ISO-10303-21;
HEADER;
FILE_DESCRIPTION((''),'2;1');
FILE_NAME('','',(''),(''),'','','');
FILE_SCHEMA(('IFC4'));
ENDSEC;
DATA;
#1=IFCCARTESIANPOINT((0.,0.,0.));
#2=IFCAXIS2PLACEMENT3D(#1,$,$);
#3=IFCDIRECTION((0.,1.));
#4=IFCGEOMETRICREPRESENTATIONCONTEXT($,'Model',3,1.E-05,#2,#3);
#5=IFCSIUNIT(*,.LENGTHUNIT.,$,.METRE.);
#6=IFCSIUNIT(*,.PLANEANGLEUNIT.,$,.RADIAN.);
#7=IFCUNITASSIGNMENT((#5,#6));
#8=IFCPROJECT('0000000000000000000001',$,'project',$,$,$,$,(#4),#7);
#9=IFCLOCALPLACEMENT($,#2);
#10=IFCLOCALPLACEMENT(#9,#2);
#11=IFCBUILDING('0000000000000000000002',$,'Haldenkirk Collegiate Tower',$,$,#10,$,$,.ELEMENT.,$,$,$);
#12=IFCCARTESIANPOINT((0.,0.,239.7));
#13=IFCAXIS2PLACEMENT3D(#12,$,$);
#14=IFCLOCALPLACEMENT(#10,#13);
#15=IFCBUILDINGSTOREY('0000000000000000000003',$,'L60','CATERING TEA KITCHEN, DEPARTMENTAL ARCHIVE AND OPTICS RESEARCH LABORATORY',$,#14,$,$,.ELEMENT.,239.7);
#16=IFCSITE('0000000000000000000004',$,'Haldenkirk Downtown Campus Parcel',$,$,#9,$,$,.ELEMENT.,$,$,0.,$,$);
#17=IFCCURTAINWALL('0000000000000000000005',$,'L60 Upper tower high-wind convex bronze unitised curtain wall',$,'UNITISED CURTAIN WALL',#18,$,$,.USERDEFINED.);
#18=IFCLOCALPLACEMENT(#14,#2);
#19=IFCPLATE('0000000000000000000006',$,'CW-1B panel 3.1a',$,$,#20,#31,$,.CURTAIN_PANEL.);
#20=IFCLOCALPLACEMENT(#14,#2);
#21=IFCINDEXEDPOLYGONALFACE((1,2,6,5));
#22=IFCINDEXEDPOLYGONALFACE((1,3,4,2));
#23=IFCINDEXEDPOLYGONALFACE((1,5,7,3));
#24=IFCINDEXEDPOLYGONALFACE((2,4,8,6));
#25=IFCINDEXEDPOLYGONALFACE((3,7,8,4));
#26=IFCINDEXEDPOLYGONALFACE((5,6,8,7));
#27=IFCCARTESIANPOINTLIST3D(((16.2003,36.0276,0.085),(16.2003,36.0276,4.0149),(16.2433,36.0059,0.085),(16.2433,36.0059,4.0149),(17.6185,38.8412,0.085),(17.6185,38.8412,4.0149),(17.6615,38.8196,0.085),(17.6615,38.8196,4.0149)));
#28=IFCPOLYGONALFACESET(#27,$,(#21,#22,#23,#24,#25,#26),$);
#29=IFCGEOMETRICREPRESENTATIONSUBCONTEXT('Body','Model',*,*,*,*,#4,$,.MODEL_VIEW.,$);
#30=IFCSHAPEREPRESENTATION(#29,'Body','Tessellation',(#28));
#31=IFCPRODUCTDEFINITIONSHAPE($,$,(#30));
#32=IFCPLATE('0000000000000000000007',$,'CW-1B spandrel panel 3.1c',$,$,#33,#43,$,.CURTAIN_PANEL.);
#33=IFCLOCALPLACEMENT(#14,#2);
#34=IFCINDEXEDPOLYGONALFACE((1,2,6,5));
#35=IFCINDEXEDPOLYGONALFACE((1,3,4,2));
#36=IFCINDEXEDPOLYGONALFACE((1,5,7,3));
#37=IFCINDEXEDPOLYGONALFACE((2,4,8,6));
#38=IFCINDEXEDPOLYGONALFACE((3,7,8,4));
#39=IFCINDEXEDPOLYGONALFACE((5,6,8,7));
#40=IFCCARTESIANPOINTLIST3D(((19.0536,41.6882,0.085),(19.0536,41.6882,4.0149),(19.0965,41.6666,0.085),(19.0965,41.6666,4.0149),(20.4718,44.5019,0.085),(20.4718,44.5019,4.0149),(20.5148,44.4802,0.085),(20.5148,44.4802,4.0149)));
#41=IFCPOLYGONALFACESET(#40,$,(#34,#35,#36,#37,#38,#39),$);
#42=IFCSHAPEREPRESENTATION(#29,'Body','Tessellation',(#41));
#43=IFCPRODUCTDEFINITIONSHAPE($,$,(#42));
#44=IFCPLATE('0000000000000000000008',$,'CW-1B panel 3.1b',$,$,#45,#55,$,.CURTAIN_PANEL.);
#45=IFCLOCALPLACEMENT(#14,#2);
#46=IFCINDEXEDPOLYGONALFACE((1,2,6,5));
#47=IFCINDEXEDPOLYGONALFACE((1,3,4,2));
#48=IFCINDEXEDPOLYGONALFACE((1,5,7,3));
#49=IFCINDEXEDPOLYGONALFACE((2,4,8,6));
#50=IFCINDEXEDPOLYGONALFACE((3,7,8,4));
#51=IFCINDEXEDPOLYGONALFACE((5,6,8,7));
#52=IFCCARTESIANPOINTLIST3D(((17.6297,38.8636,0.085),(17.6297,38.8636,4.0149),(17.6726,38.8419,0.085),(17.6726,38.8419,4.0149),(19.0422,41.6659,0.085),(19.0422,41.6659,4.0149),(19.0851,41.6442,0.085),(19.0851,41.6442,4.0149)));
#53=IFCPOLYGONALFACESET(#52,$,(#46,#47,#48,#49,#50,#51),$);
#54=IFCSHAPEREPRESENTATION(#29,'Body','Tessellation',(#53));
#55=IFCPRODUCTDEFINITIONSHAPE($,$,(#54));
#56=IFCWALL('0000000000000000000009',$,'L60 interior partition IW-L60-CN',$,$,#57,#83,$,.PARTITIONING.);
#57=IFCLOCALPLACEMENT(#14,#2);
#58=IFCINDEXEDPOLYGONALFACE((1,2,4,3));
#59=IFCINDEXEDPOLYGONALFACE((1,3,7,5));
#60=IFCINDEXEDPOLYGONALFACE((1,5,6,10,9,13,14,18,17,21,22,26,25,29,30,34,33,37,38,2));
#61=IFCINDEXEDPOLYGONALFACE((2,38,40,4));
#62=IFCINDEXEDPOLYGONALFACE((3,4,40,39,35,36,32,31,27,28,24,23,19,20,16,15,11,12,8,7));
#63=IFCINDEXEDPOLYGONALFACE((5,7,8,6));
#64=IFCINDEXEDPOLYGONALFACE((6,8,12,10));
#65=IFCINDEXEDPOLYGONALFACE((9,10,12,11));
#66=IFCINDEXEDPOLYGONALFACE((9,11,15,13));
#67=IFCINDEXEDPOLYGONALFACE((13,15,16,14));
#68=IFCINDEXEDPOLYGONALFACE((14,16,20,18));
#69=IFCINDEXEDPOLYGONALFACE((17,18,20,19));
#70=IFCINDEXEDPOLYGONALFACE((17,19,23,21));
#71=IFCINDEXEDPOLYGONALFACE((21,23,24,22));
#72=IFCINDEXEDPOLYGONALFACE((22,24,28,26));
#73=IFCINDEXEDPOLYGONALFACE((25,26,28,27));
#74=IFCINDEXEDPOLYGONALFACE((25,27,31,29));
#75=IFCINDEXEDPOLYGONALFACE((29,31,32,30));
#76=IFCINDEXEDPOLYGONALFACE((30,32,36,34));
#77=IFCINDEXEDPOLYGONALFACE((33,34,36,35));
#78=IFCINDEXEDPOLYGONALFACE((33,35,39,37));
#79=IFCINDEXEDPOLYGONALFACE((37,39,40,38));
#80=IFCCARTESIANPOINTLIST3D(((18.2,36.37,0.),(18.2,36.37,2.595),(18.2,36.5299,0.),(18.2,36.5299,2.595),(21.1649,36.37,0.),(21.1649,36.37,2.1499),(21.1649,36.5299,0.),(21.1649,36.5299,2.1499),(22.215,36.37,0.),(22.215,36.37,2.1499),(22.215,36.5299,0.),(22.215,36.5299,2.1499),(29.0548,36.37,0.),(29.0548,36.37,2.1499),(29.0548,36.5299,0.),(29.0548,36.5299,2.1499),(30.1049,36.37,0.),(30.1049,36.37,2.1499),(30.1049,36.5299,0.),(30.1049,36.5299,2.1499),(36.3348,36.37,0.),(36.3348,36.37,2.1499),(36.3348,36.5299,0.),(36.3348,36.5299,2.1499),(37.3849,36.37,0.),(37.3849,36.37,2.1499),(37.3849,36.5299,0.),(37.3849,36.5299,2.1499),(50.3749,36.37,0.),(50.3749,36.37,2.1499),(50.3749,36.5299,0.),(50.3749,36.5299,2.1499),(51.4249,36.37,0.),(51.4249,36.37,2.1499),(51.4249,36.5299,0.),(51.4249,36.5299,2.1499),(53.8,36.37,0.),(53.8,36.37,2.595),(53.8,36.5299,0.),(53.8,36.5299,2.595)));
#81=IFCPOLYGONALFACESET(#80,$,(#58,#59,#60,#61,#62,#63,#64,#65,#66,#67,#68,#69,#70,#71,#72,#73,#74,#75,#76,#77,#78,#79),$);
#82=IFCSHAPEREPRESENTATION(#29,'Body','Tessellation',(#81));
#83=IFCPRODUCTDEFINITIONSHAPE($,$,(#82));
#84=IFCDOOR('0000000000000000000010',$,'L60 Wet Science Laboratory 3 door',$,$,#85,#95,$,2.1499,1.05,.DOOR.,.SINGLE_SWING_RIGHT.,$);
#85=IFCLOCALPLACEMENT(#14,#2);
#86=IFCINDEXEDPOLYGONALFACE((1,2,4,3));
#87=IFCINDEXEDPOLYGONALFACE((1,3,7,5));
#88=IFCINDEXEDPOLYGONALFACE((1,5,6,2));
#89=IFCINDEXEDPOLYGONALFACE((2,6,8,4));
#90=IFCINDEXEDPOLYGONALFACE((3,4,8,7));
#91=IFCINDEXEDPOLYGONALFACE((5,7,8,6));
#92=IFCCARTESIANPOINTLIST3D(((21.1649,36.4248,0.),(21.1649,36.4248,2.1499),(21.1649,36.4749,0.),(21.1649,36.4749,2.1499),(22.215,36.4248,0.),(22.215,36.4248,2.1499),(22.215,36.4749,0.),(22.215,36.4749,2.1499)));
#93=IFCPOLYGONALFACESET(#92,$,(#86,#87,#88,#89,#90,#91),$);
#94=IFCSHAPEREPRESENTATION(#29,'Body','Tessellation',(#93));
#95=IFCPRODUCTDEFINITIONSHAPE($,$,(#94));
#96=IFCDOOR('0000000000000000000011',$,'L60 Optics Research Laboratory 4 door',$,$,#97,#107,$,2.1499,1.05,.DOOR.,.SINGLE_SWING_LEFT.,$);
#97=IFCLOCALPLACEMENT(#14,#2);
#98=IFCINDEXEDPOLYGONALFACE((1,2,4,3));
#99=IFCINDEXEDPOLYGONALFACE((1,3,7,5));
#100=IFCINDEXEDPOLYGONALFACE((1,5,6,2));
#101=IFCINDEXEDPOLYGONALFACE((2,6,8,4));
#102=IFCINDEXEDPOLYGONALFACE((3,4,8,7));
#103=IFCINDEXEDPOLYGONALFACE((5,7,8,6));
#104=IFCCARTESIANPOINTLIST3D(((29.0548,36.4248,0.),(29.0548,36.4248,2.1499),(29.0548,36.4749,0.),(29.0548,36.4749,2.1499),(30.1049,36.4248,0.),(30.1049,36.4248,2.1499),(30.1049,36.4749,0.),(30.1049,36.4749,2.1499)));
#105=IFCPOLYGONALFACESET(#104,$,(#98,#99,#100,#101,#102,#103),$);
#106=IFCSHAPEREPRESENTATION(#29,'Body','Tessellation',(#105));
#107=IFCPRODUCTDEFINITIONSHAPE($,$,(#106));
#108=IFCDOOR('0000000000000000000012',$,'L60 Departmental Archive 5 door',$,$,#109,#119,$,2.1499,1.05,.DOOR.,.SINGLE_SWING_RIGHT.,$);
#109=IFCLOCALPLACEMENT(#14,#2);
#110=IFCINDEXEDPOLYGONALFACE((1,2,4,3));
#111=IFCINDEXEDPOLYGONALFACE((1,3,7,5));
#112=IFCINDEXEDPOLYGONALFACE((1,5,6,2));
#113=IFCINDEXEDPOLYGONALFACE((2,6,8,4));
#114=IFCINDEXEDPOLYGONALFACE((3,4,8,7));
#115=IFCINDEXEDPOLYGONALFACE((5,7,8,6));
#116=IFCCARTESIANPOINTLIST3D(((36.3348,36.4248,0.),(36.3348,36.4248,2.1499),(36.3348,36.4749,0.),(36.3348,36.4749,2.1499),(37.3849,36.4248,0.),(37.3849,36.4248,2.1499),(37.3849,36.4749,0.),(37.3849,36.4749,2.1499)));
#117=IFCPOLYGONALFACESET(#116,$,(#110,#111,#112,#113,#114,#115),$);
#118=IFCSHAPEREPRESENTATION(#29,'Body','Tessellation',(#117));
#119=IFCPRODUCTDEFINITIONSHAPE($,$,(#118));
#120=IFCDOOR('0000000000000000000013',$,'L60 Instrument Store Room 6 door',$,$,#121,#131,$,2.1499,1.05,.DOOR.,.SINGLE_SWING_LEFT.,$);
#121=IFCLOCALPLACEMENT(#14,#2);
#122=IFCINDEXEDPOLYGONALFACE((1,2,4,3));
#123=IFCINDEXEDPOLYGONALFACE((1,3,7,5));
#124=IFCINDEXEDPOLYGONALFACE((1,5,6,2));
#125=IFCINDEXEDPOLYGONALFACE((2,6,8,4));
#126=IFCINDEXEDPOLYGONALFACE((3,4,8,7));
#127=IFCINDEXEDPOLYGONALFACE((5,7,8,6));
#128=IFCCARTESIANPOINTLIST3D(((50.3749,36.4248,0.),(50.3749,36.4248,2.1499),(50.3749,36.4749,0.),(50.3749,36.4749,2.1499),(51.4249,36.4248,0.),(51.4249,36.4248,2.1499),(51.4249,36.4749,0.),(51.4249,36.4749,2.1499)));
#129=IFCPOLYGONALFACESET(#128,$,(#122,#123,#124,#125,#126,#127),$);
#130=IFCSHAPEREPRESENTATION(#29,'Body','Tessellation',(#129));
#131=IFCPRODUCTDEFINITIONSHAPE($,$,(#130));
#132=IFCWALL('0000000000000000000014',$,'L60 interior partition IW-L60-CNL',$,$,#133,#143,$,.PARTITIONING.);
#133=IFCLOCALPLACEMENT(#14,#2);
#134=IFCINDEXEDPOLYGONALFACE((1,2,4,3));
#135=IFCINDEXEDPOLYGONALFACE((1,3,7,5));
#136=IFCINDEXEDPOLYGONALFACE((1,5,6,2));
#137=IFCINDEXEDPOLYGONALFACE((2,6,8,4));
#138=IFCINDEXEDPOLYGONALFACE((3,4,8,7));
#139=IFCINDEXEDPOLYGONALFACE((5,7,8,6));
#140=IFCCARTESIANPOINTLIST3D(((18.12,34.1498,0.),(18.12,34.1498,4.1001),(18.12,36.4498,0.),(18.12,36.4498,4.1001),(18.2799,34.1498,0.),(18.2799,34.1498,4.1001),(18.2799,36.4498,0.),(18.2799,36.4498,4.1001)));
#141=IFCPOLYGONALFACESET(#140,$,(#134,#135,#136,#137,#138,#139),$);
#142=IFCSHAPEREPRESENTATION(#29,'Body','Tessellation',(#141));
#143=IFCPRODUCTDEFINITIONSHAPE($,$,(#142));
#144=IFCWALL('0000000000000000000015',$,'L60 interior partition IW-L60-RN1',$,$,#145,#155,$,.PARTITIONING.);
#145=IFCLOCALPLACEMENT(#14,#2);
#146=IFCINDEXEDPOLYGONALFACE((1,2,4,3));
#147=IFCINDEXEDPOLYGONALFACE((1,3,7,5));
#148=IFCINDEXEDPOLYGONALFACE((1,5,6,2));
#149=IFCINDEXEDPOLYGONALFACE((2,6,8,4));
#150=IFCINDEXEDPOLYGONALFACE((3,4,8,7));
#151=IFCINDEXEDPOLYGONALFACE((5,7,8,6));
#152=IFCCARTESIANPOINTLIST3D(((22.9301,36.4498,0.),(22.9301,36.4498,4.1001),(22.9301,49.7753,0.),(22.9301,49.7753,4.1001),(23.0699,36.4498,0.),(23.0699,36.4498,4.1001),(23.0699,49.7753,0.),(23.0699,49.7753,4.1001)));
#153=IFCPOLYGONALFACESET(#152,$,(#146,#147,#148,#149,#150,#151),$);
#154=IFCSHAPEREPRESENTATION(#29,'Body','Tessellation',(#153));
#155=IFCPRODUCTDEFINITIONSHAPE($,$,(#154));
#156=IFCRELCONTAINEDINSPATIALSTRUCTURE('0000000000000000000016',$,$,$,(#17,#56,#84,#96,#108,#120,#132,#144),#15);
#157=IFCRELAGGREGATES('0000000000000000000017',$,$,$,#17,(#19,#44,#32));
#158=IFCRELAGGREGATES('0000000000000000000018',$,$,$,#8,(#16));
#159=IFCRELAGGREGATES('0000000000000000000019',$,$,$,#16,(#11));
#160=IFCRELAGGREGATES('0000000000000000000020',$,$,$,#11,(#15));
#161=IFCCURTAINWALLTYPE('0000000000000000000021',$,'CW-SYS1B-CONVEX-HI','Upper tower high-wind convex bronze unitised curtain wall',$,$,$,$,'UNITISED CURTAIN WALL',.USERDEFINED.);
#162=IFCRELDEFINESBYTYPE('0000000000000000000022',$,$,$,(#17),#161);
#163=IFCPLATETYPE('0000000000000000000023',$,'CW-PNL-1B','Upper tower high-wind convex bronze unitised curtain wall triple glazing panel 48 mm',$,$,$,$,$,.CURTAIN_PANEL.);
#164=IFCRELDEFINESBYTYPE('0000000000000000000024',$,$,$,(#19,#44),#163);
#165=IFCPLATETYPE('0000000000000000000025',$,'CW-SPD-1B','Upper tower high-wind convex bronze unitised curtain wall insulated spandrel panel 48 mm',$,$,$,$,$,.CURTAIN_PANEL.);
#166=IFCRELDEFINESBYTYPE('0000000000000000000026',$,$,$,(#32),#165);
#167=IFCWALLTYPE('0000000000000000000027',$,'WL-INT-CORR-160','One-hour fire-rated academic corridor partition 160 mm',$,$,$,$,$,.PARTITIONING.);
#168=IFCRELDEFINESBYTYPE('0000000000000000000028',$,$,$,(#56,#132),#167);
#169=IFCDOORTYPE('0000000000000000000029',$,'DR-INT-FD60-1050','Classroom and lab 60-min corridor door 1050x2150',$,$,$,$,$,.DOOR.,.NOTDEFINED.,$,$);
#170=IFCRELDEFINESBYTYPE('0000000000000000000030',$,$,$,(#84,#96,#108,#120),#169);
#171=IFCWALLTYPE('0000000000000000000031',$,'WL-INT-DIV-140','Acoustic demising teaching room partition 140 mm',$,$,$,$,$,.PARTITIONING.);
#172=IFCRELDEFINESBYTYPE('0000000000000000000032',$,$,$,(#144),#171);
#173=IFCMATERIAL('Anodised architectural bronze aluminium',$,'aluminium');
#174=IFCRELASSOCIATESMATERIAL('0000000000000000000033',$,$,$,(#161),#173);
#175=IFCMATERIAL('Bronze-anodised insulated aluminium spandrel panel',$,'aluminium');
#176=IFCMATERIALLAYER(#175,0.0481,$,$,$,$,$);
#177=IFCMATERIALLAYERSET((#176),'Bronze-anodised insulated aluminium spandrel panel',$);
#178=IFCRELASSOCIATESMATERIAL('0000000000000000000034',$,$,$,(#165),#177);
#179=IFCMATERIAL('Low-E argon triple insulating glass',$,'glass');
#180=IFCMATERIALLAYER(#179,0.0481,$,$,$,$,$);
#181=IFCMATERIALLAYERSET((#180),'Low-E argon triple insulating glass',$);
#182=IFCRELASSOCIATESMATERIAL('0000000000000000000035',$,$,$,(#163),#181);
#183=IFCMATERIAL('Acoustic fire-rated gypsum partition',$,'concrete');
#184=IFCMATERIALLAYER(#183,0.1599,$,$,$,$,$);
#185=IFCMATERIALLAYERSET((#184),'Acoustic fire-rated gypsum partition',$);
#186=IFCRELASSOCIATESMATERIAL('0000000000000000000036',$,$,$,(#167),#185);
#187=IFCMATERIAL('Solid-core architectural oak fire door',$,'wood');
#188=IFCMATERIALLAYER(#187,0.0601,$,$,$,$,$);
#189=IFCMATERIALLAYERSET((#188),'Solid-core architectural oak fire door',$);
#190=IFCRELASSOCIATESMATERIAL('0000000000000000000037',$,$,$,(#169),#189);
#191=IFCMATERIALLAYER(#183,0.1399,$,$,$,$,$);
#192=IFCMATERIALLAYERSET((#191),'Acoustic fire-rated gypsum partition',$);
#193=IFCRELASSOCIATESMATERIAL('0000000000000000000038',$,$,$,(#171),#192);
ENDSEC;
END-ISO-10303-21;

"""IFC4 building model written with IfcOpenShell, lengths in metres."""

from ifc_helpers import new_model, si_unit, direction, frame, frame_2d, origin, origin_2d, place, context, subcontext, project, spatial, rectangle, extrude, source, transform, mapped, material, layer, layer_set, type_object, element, fill, aggregate, save


model = new_model("IFC4")

# Units and contexts
model_context = context("Model", 3, precision=1e-05, world=origin(), true_north=direction((0.0, 1.0)))
body_context = subcontext(model_context, "Body", "Model", "MODEL_VIEW")
ifc_project = project(units=[si_unit("LENGTHUNIT", "METRE"), si_unit("PLANEANGLEUNIT", "RADIAN")], contexts=[model_context])

# Site, building, storey
site_placement = place(None, origin())
site = spatial("IfcSite", under=ifc_project, at=site_placement, Name="Haldenkirk Downtown Campus Parcel", CompositionType="ELEMENT", RefElevation=0.0)
building_placement = place(site_placement, origin())
building = spatial("IfcBuilding", under=site, at=building_placement, Name="Haldenkirk Collegiate Tower", CompositionType="ELEMENT")
storey_placement = place(building_placement, frame((0.0, 0.0, 239.7)))
storey = spatial("IfcBuildingStorey", under=building, at=storey_placement, Name="L60", Description="CATERING TEA KITCHEN, DEPARTMENTAL ARCHIVE AND OPTICS RESEARCH LABORATORY", CompositionType="ELEMENT", Elevation=239.7)

# Curtain wall, plates
ifc_material_1 = material(Name="Anodised architectural bronze aluminium", Category="aluminium")
curtain_wall_type = type_object("IfcCurtainWallType", Name="CW-SYS1B-CONVEX-HI", Description="Upper tower high-wind convex bronze unitised curtain wall", ElementType="UNITISED CURTAIN WALL", PredefinedType="USERDEFINED", material=ifc_material_1)
curtain_wall_placement = place(storey_placement, origin())
curtain_wall = element("IfcCurtainWall", 1, at=curtain_wall_placement, inside=storey, type_object=curtain_wall_type, Name="L60 Upper tower high-wind convex bronze unitised curtain wall", ObjectType="UNITISED CURTAIN WALL", PredefinedType="USERDEFINED")
ifc_material_2 = material(Name="Bronze-anodised insulated aluminium spandrel panel", Category="aluminium")
ifc_layer_1 = layer(ifc_material_2, 0.0481)
ifc_layer_set_1 = layer_set([ifc_layer_1], Name="Bronze-anodised insulated aluminium spandrel panel")
plate_type_1 = type_object("IfcPlateType", Name="CW-SPD-1B", Description="Upper tower high-wind convex bronze unitised curtain wall insulated spandrel panel 48 mm", PredefinedType="CURTAIN_PANEL", material=ifc_layer_set_1)
shared_shape_1 = source(origin(), body_context, "Body", "SweptSolid", [
    extrude(rectangle(XDim=3.1509, YDim=0.0481, at=origin_2d()), origin(), (0.0, 0.0, 1.0), 3.9299),
])
ifc_material_3 = material(Name="Low-E argon triple insulating glass", Category="glass")
ifc_layer_2 = layer(ifc_material_3, 0.0481)
ifc_layer_set_2 = layer_set([ifc_layer_2], Name="Low-E argon triple insulating glass")
plate_type_2 = type_object("IfcPlateType", Name="CW-PNL-1B", Description="Upper tower high-wind convex bronze unitised curtain wall triple glazing panel 48 mm", PredefinedType="CURTAIN_PANEL", material=ifc_layer_set_2)
plate_1_placement = place(storey_placement, frame((16.9309, 37.4236, 0.085), z_axis=(0.0, 0.0, 1.0), x_axis=(0.4501, 0.892978, 0.0)))
plate_1 = element("IfcPlate", 2, at=plate_1_placement, type_object=plate_type_2, Name="CW-1B panel 3.1a", PredefinedType="CURTAIN_PANEL", context=body_context, shape_type="MappedRepresentation", body=[
    mapped(shared_shape_1, transform((0.0, 0.0, 0.0), x_axis=(1.0, 0.0, 0.0), y_axis=(0.0, 1.0, 0.0), z_axis=(0.0, 0.0, 1.0), scale=1.0)),
])
plate_2_placement = place(storey_placement, frame((19.7842, 43.0842, 0.085), z_axis=(0.0, 0.0, 1.0), x_axis=(0.4501, 0.892978, 0.0)))
plate_2 = element("IfcPlate", 3, at=plate_2_placement, type_object=plate_type_1, Name="CW-1B spandrel panel 3.1c", PredefinedType="CURTAIN_PANEL", context=body_context, shape_type="MappedRepresentation", body=[
    mapped(shared_shape_1, transform((0.0, 0.0, 0.0), x_axis=(1.0, 0.0, 0.0), y_axis=(0.0, 1.0, 0.0), z_axis=(0.0, 0.0, 1.0), scale=1.0)),
])
shared_shape_2 = source(origin(), body_context, "Body", "SweptSolid", [
    extrude(rectangle(XDim=3.1382, YDim=0.0481, at=origin_2d()), origin(), (0.0, 0.0, 1.0), 3.9299),
])
plate_3_placement = place(storey_placement, frame((18.3574, 40.2539, 0.085), z_axis=(0.0, 0.0, 1.0), x_axis=(0.4501, 0.892978, 0.0)))
plate_3 = element("IfcPlate", 4, at=plate_3_placement, type_object=plate_type_2, Name="CW-1B panel 3.1b", PredefinedType="CURTAIN_PANEL", context=body_context, shape_type="MappedRepresentation", body=[
    mapped(shared_shape_2, transform((0.0, 0.0, 0.0), x_axis=(1.0, 0.0, 0.0), y_axis=(0.0, 1.0, 0.0), z_axis=(0.0, 0.0, 1.0), scale=1.0)),
])
aggregate(curtain_wall, [plate_1, plate_3, plate_2])

# Wall, openings, doors
ifc_material_4 = material(Name="Acoustic fire-rated gypsum partition", Category="concrete")
ifc_layer_3 = layer(ifc_material_4, 0.1599)
ifc_layer_set_3 = layer_set([ifc_layer_3], Name="Acoustic fire-rated gypsum partition")
wall_type_1 = type_object("IfcWallType", Name="WL-INT-CORR-160", Description="One-hour fire-rated academic corridor partition 160 mm", PredefinedType="PARTITIONING", material=ifc_layer_set_3)
wall_1_placement = place(storey_placement, frame((18.2, 36.45, 0.0), z_axis=(0.0, 0.0, 1.0), x_axis=(1.0, 0.0, 0.0)))
wall_1 = element("IfcWall", 5, at=wall_1_placement, inside=storey, type_object=wall_type_1, Name="L60 interior partition IW-L60-CN", PredefinedType="PARTITIONING", context=body_context, shape_type="SweptSolid", body=[
    extrude(rectangle(XDim=35.6001, YDim=0.1599, at=frame_2d((17.8, 0.0))), origin(), (0.0, 0.0, 1.0), 2.595),
])
opening_1_placement = place(wall_1_placement, frame((2.9651, 0.0, 0.0)))
opening_1 = element("IfcOpeningElement", 6, at=opening_1_placement, cuts=wall_1, PredefinedType="OPENING", context=body_context, shape_type="SweptSolid", body=[
    extrude(rectangle(XDim=1.05, YDim=2.1499, at=frame_2d((0.5249, 1.075))), frame((0.0, 0.0898, 0.0), z_axis=(0.0, -1.0, 0.0), x_axis=(1.0, 0.0, 0.0)), (0.0, 0.0, 1.0), 0.1799),
])
opening_2_placement = place(wall_1_placement, frame((10.855, 0.0, 0.0)))
opening_2 = element("IfcOpeningElement", 7, at=opening_2_placement, cuts=wall_1, PredefinedType="OPENING", context=body_context, shape_type="SweptSolid", body=[
    extrude(rectangle(XDim=1.05, YDim=2.1499, at=frame_2d((0.5249, 1.075))), frame((0.0, 0.0898, 0.0), z_axis=(0.0, -1.0, 0.0), x_axis=(1.0, 0.0, 0.0)), (0.0, 0.0, 1.0), 0.1799),
])
opening_3_placement = place(wall_1_placement, frame((18.135, 0.0, 0.0)))
opening_3 = element("IfcOpeningElement", 8, at=opening_3_placement, cuts=wall_1, PredefinedType="OPENING", context=body_context, shape_type="SweptSolid", body=[
    extrude(rectangle(XDim=1.05, YDim=2.1499, at=frame_2d((0.5249, 1.075))), frame((0.0, 0.0898, 0.0), z_axis=(0.0, -1.0, 0.0), x_axis=(1.0, 0.0, 0.0)), (0.0, 0.0, 1.0), 0.1799),
])
opening_4_placement = place(wall_1_placement, frame((32.175, 0.0, 0.0)))
opening_4 = element("IfcOpeningElement", 9, at=opening_4_placement, cuts=wall_1, PredefinedType="OPENING", context=body_context, shape_type="SweptSolid", body=[
    extrude(rectangle(XDim=1.05, YDim=2.1499, at=frame_2d((0.5249, 1.075))), frame((0.0, 0.0898, 0.0), z_axis=(0.0, -1.0, 0.0), x_axis=(1.0, 0.0, 0.0)), (0.0, 0.0, 1.0), 0.1799),
])
ifc_material_5 = material(Name="Solid-core architectural oak fire door", Category="wood")
ifc_layer_4 = layer(ifc_material_5, 0.0601)
ifc_layer_set_4 = layer_set([ifc_layer_4], Name="Solid-core architectural oak fire door")
door_type = type_object("IfcDoorType", Name="DR-INT-FD60-1050", Description="Classroom and lab 60-min corridor door 1050x2150", OperationType="NOTDEFINED", PredefinedType="DOOR", material=ifc_layer_set_4)
door_1_placement = place(opening_1_placement, origin())
door_1 = element("IfcDoor", 10, at=door_1_placement, inside=storey, type_object=door_type, Name="L60 Wet Science Laboratory 3 door", OperationType="SINGLE_SWING_RIGHT", OverallHeight=2.1499, OverallWidth=1.05, PredefinedType="DOOR", context=body_context, shape_type="SweptSolid", body=[
    extrude(rectangle(XDim=1.05, YDim=2.1499, at=frame_2d((0.5249, 1.075))), frame((0.0, 0.0249, 0.0), z_axis=(0.0, -1.0, 0.0), x_axis=(1.0, 0.0, 0.0)), (0.0, 0.0, 1.0), 0.05),
])
fill(opening_1, door_1)
door_2_placement = place(opening_2_placement, origin())
door_2 = element("IfcDoor", 11, at=door_2_placement, inside=storey, type_object=door_type, Name="L60 Optics Research Laboratory 4 door", OperationType="SINGLE_SWING_LEFT", OverallHeight=2.1499, OverallWidth=1.05, PredefinedType="DOOR", context=body_context, shape_type="SweptSolid", body=[
    extrude(rectangle(XDim=1.05, YDim=2.1499, at=frame_2d((0.5249, 1.075))), frame((0.0, 0.0249, 0.0), z_axis=(0.0, -1.0, 0.0), x_axis=(1.0, 0.0, 0.0)), (0.0, 0.0, 1.0), 0.05),
])
fill(opening_2, door_2)
door_3_placement = place(opening_3_placement, origin())
door_3 = element("IfcDoor", 12, at=door_3_placement, inside=storey, type_object=door_type, Name="L60 Departmental Archive 5 door", OperationType="SINGLE_SWING_RIGHT", OverallHeight=2.1499, OverallWidth=1.05, PredefinedType="DOOR", context=body_context, shape_type="SweptSolid", body=[
    extrude(rectangle(XDim=1.05, YDim=2.1499, at=frame_2d((0.5249, 1.075))), frame((0.0, 0.0249, 0.0), z_axis=(0.0, -1.0, 0.0), x_axis=(1.0, 0.0, 0.0)), (0.0, 0.0, 1.0), 0.05),
])
fill(opening_3, door_3)
door_4_placement = place(opening_4_placement, origin())
door_4 = element("IfcDoor", 13, at=door_4_placement, inside=storey, type_object=door_type, Name="L60 Instrument Store Room 6 door", OperationType="SINGLE_SWING_LEFT", OverallHeight=2.1499, OverallWidth=1.05, PredefinedType="DOOR", context=body_context, shape_type="SweptSolid", body=[
    extrude(rectangle(XDim=1.05, YDim=2.1499, at=frame_2d((0.5249, 1.075))), frame((0.0, 0.0249, 0.0), z_axis=(0.0, -1.0, 0.0), x_axis=(1.0, 0.0, 0.0)), (0.0, 0.0, 1.0), 0.05),
])
fill(opening_4, door_4)

# Walls
wall_2_placement = place(storey_placement, frame((18.2, 34.1499, 0.0), z_axis=(0.0, 0.0, 1.0), x_axis=(0.0, 1.0, 0.0)))
element("IfcWall", 14, at=wall_2_placement, inside=storey, type_object=wall_type_1, Name="L60 interior partition IW-L60-CNL", PredefinedType="PARTITIONING", context=body_context, shape_type="SweptSolid", body=[
    extrude(rectangle(XDim=2.3, YDim=0.1599, at=frame_2d((1.1499, 0.0))), origin(), (0.0, 0.0, 1.0), 4.1001),
])
ifc_layer_5 = layer(ifc_material_4, 0.1399)
ifc_layer_set_5 = layer_set([ifc_layer_5], Name="Acoustic fire-rated gypsum partition")
wall_type_2 = type_object("IfcWallType", Name="WL-INT-DIV-140", Description="Acoustic demising teaching room partition 140 mm", PredefinedType="PARTITIONING", material=ifc_layer_set_5)
wall_3_placement = place(storey_placement, frame((23.0, 36.45, 0.0), z_axis=(0.0, 0.0, 1.0), x_axis=(0.0, 1.0, 0.0)))
element("IfcWall", 15, at=wall_3_placement, inside=storey, type_object=wall_type_2, Name="L60 interior partition IW-L60-RN1", PredefinedType="PARTITIONING", context=body_context, shape_type="SweptSolid", body=[
    extrude(rectangle(XDim=13.3254, YDim=0.1399, at=frame_2d((6.6626, 0.0))), origin(), (0.0, 0.0, 1.0), 4.1001),
])

save(model, "model.ifc")
